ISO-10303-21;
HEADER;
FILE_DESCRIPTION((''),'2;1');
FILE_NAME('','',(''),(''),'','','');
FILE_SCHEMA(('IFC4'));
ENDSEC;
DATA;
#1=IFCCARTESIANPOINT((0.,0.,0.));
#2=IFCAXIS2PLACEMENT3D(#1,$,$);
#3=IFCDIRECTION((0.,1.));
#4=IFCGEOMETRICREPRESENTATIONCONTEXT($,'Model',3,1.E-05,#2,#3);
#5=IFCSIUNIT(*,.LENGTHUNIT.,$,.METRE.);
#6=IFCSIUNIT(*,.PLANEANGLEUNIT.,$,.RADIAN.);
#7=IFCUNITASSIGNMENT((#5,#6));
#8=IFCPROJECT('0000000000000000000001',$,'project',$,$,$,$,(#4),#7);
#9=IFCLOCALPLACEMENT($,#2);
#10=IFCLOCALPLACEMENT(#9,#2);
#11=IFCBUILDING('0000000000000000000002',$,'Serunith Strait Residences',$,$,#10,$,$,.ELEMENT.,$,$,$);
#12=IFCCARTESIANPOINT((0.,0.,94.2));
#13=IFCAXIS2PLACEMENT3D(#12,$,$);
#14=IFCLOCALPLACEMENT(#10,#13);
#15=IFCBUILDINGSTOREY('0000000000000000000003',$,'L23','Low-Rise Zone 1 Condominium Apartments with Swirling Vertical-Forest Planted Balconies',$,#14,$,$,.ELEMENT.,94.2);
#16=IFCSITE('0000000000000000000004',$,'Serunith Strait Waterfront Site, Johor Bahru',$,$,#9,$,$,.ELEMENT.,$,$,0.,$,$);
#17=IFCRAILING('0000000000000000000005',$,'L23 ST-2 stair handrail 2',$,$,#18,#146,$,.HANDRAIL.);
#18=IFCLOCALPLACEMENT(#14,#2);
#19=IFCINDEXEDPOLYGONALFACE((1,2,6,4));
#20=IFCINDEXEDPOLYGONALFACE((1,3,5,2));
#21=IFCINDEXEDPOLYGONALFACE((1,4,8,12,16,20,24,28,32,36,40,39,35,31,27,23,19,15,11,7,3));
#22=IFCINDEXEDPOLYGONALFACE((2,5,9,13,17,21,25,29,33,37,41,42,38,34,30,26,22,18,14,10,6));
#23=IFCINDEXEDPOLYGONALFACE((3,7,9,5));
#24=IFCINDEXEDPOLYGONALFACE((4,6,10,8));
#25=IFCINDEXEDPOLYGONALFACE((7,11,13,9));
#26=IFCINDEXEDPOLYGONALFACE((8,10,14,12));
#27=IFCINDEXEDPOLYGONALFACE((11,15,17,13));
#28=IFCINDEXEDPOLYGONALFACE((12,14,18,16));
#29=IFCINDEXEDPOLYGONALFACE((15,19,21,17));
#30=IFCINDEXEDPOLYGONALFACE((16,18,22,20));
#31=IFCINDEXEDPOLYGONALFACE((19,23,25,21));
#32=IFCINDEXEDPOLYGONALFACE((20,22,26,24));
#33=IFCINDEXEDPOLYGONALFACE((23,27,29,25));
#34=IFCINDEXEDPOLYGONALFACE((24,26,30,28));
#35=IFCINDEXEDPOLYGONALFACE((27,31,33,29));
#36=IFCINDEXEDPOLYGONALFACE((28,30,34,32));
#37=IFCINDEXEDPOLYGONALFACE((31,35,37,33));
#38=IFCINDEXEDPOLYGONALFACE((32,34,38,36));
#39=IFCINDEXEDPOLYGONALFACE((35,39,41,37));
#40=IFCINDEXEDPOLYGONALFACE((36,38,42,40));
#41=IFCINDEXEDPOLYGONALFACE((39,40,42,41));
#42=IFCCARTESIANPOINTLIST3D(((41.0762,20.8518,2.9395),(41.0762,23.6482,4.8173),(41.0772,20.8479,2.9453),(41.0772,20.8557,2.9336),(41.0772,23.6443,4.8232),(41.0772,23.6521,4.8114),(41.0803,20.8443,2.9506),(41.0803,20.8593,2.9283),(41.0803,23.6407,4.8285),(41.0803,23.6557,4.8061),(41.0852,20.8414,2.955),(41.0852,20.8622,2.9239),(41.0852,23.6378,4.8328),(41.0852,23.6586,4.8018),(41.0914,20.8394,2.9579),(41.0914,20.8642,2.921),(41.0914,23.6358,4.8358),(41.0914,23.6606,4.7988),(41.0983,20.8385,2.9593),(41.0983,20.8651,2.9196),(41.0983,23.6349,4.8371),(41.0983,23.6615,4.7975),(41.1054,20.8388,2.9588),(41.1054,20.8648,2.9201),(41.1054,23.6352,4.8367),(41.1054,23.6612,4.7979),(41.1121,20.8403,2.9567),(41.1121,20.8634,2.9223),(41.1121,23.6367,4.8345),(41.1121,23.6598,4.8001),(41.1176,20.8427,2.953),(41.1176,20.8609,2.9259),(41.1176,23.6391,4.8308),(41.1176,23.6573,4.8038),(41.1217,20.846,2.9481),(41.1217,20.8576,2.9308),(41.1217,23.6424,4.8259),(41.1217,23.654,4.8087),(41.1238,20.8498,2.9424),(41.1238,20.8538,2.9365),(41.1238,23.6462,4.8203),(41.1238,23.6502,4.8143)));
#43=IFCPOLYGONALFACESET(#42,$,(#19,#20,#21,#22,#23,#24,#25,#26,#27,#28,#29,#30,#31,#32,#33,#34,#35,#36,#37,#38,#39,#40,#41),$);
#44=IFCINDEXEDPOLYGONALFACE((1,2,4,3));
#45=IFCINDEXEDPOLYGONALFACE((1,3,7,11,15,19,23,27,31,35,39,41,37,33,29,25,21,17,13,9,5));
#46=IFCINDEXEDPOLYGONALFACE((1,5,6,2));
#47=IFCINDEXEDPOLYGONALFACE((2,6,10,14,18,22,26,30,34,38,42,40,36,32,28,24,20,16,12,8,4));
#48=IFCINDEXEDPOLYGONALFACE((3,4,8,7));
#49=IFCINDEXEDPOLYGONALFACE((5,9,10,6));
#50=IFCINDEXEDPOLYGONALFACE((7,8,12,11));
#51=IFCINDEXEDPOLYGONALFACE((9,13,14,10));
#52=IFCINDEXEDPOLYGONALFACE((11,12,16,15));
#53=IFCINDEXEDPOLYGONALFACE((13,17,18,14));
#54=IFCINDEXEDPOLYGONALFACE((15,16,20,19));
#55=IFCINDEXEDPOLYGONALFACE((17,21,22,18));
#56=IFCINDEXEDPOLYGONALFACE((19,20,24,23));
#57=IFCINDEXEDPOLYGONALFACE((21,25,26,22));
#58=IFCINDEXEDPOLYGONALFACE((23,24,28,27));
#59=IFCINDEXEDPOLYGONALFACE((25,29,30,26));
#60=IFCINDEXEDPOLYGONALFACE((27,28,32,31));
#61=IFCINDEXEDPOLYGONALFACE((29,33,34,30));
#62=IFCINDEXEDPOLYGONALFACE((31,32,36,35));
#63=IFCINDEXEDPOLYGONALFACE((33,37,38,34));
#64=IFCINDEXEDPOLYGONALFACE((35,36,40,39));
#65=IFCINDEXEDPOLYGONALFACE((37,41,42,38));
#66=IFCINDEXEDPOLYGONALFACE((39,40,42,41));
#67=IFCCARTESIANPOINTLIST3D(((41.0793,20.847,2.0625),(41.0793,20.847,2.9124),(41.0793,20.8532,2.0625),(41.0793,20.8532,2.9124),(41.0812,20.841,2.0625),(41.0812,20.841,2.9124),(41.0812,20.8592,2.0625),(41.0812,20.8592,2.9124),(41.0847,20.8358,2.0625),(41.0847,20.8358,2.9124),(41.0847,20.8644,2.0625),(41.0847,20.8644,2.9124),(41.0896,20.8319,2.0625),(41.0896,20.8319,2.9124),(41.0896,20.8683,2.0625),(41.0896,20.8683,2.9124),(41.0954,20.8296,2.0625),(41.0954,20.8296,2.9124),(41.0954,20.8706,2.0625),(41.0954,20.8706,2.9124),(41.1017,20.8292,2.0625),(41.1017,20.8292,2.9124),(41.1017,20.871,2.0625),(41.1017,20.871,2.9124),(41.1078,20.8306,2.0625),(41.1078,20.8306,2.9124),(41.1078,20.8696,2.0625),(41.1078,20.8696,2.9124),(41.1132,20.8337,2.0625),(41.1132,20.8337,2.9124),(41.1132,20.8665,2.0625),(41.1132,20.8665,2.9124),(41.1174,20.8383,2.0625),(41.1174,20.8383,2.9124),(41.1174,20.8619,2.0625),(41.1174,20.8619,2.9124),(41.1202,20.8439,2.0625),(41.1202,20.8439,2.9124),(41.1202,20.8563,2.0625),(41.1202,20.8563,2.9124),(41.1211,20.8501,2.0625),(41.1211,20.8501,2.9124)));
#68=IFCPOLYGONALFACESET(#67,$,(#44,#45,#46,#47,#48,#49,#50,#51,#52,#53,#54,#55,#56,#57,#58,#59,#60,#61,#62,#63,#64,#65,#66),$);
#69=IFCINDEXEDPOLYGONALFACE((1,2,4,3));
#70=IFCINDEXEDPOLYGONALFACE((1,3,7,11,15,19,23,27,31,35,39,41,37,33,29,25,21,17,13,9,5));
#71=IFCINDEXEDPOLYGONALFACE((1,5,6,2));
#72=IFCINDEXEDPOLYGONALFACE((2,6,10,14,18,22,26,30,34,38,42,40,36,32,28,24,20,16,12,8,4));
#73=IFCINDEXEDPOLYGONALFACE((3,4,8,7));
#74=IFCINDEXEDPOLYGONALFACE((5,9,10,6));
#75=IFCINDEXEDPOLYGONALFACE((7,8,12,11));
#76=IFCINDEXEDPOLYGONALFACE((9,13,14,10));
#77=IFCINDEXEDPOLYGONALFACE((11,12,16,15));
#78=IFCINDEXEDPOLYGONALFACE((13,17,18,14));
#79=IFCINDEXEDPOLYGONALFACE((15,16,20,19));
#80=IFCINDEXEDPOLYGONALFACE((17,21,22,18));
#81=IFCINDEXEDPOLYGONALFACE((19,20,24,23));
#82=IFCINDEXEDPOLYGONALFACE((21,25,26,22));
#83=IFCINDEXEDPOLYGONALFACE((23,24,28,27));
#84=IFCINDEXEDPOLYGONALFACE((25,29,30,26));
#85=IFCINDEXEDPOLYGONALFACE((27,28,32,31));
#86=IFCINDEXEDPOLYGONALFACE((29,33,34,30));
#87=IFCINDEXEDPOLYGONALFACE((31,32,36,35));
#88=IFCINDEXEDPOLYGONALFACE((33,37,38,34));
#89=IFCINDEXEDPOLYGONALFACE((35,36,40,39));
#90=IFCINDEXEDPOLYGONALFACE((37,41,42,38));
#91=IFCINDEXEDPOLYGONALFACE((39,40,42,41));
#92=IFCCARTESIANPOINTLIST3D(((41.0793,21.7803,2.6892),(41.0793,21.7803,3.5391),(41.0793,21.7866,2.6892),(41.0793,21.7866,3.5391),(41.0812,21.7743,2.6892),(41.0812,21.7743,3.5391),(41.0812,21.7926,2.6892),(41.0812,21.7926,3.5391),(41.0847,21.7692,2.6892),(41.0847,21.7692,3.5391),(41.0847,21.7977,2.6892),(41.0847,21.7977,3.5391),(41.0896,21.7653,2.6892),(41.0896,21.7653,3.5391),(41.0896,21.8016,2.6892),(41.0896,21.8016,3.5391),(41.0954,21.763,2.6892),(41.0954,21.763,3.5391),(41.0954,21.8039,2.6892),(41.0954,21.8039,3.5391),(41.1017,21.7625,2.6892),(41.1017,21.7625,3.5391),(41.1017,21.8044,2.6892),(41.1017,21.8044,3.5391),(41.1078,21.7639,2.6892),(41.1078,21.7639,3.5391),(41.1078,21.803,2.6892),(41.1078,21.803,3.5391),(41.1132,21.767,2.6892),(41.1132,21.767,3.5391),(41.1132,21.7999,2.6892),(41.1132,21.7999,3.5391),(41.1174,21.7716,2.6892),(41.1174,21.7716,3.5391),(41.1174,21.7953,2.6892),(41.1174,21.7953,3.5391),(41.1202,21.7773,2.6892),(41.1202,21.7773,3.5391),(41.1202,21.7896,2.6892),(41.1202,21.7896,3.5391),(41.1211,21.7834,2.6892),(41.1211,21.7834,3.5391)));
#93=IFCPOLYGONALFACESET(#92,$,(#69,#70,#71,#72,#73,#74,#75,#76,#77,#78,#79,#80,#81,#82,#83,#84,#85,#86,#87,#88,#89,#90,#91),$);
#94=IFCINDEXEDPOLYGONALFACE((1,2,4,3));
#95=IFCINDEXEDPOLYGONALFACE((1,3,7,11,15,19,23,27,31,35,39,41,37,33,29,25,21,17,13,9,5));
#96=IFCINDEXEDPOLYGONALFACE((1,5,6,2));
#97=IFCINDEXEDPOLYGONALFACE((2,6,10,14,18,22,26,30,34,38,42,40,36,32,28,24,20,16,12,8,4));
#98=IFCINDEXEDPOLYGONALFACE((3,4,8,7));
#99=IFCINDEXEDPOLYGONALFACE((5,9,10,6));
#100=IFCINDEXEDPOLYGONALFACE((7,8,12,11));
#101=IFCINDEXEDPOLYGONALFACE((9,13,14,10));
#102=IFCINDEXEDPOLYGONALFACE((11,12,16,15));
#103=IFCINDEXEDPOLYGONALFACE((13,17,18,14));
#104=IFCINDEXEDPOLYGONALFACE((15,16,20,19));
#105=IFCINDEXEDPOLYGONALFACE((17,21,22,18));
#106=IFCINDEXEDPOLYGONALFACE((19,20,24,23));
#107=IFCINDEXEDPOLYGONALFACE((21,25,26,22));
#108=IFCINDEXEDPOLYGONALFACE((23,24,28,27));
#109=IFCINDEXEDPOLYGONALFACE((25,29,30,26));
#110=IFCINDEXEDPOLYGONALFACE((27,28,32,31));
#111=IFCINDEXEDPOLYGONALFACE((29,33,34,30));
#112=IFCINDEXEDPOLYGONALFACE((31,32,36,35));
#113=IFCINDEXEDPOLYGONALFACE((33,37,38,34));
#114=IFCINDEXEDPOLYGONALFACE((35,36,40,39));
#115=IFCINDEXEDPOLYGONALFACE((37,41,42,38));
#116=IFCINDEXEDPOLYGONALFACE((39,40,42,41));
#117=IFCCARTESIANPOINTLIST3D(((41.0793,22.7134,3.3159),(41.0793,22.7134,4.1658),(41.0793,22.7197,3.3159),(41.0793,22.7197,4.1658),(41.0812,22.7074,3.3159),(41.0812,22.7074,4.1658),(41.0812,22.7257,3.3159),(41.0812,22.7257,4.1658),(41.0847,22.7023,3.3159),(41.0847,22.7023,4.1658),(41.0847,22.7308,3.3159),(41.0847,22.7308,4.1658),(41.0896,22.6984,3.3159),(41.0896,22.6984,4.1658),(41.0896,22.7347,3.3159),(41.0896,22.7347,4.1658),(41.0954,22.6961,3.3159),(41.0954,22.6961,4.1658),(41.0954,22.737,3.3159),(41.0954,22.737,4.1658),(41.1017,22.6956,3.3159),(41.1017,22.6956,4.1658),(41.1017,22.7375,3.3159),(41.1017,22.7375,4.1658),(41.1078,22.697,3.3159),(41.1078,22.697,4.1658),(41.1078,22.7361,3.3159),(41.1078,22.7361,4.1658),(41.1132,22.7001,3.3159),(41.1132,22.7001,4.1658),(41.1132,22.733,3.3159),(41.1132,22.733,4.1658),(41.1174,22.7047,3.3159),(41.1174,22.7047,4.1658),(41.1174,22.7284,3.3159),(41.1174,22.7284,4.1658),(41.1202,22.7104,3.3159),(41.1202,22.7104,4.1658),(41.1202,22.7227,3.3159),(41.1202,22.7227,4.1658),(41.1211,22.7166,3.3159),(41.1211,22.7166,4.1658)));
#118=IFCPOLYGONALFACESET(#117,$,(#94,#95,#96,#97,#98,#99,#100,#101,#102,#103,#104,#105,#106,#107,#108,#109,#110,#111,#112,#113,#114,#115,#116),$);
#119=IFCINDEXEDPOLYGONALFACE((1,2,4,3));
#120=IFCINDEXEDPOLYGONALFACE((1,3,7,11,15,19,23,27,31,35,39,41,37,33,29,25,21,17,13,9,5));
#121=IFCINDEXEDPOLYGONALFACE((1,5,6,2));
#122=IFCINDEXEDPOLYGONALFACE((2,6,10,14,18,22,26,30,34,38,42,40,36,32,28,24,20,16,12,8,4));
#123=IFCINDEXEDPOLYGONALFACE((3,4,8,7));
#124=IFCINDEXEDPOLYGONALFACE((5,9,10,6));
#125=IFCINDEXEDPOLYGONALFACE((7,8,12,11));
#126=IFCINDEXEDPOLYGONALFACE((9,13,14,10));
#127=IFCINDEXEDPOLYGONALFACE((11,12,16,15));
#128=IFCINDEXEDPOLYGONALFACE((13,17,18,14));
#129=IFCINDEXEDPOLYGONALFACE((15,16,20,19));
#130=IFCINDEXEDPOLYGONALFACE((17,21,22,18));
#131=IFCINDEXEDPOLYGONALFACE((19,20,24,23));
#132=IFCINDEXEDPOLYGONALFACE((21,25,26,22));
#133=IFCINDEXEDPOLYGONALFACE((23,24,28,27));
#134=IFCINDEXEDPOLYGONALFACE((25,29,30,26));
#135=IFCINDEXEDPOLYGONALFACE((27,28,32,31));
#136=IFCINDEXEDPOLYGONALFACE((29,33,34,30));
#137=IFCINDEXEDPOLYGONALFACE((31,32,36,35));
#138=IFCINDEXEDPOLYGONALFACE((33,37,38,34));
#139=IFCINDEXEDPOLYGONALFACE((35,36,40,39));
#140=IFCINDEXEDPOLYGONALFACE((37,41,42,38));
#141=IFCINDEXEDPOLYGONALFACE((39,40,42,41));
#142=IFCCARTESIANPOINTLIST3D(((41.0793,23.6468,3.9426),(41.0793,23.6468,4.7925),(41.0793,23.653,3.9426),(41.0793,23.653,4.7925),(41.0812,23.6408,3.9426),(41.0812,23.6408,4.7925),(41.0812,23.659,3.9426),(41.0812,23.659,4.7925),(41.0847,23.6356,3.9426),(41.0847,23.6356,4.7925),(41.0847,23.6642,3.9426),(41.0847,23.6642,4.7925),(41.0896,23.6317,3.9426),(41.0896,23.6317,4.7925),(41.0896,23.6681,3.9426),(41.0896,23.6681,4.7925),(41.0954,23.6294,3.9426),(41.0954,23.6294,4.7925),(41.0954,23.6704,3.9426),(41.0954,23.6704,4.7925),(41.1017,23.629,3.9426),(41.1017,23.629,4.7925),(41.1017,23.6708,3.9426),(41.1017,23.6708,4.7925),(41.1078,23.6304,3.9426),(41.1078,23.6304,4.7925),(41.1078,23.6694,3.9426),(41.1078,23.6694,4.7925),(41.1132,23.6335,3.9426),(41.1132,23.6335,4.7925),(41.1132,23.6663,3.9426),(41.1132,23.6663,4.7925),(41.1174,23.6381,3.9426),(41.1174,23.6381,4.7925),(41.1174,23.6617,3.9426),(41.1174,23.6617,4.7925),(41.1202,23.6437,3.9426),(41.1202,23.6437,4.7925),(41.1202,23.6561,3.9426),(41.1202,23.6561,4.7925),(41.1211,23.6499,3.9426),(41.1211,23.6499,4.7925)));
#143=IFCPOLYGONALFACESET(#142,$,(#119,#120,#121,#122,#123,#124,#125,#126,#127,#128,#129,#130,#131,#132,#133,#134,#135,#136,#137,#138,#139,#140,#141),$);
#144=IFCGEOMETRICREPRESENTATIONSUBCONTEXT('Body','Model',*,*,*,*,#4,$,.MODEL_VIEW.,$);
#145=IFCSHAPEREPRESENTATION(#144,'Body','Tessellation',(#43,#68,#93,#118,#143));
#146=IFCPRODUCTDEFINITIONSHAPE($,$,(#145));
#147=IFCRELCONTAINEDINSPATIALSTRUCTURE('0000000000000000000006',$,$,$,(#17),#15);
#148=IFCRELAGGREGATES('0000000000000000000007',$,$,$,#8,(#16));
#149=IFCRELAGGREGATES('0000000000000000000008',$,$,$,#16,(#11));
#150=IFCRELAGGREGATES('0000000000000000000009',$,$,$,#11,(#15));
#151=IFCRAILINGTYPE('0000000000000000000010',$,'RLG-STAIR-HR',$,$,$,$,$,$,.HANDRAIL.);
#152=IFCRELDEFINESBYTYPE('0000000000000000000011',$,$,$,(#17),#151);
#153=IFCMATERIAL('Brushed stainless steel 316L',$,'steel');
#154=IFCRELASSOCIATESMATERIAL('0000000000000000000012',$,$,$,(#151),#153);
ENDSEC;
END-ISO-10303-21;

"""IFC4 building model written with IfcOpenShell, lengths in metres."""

from ifc_helpers import new_model, si_unit, direction, frame, origin, origin_2d, place, context, subcontext, project, spatial, circle, extrude, material, type_object, element, save


model = new_model("IFC4")

# Units and contexts
model_context = context("Model", 3, precision=1e-05, world=origin(), true_north=direction((0.0, 1.0)))
body_context = subcontext(model_context, "Body", "Model", "MODEL_VIEW")
ifc_project = project(units=[si_unit("LENGTHUNIT", "METRE"), si_unit("PLANEANGLEUNIT", "RADIAN")], contexts=[model_context])

# Site, building, storey
site_placement = place(None, origin())
site = spatial("IfcSite", under=ifc_project, at=site_placement, Name="Serunith Strait Waterfront Site, Johor Bahru", CompositionType="ELEMENT", RefElevation=0.0)
building_placement = place(site_placement, origin())
building = spatial("IfcBuilding", under=site, at=building_placement, Name="Serunith Strait Residences", CompositionType="ELEMENT")
storey_placement = place(building_placement, frame((0.0, 0.0, 94.2)))
storey = spatial("IfcBuildingStorey", under=building, at=storey_placement, Name="L23", Description="Low-Rise Zone 1 Condominium Apartments with Swirling Vertical-Forest Planted Balconies", CompositionType="ELEMENT", Elevation=94.2)

# Railing
ifc_material_1 = material(Name="Brushed stainless steel 316L", Category="steel")
railing_type_1 = type_object("IfcRailingType", Name="RLG-STAIR-HR", PredefinedType="HANDRAIL", material=ifc_material_1)
railing_1_placement = place(storey_placement, frame((41.1001, 20.8501, 2.0625)))
element("IfcRailing", 1, at=railing_1_placement, inside=storey, type_object=railing_type_1, Name="L23 ST-2 stair handrail 2", PredefinedType="HANDRAIL", context=body_context, shape_type="SweptSolid", body=[
    extrude(circle(Radius=0.0239, at=origin_2d()), frame((0.0, 0.0017, 0.877), z_axis=(0.0, 0.830186, 0.557487), x_axis=(-1.0, 0.0, 0.0)), (0.0, 0.0, 1.0), 3.3684),
    extrude(circle(Radius=0.021, at=origin_2d()), origin(), (0.0, 0.0, 1.0), 0.8499),
    extrude(circle(Radius=0.021, at=origin_2d()), frame((0.0, 0.9333, 0.6267)), (0.0, 0.0, 1.0), 0.8499),
    extrude(circle(Radius=0.021, at=origin_2d()), frame((0.0, 1.8665, 1.2534)), (0.0, 0.0, 1.0), 0.8499),
    extrude(circle(Radius=0.021, at=origin_2d()), frame((0.0, 2.7998, 1.8801)), (0.0, 0.0, 1.0), 0.8499),
])

save(model, "model.ifc")
